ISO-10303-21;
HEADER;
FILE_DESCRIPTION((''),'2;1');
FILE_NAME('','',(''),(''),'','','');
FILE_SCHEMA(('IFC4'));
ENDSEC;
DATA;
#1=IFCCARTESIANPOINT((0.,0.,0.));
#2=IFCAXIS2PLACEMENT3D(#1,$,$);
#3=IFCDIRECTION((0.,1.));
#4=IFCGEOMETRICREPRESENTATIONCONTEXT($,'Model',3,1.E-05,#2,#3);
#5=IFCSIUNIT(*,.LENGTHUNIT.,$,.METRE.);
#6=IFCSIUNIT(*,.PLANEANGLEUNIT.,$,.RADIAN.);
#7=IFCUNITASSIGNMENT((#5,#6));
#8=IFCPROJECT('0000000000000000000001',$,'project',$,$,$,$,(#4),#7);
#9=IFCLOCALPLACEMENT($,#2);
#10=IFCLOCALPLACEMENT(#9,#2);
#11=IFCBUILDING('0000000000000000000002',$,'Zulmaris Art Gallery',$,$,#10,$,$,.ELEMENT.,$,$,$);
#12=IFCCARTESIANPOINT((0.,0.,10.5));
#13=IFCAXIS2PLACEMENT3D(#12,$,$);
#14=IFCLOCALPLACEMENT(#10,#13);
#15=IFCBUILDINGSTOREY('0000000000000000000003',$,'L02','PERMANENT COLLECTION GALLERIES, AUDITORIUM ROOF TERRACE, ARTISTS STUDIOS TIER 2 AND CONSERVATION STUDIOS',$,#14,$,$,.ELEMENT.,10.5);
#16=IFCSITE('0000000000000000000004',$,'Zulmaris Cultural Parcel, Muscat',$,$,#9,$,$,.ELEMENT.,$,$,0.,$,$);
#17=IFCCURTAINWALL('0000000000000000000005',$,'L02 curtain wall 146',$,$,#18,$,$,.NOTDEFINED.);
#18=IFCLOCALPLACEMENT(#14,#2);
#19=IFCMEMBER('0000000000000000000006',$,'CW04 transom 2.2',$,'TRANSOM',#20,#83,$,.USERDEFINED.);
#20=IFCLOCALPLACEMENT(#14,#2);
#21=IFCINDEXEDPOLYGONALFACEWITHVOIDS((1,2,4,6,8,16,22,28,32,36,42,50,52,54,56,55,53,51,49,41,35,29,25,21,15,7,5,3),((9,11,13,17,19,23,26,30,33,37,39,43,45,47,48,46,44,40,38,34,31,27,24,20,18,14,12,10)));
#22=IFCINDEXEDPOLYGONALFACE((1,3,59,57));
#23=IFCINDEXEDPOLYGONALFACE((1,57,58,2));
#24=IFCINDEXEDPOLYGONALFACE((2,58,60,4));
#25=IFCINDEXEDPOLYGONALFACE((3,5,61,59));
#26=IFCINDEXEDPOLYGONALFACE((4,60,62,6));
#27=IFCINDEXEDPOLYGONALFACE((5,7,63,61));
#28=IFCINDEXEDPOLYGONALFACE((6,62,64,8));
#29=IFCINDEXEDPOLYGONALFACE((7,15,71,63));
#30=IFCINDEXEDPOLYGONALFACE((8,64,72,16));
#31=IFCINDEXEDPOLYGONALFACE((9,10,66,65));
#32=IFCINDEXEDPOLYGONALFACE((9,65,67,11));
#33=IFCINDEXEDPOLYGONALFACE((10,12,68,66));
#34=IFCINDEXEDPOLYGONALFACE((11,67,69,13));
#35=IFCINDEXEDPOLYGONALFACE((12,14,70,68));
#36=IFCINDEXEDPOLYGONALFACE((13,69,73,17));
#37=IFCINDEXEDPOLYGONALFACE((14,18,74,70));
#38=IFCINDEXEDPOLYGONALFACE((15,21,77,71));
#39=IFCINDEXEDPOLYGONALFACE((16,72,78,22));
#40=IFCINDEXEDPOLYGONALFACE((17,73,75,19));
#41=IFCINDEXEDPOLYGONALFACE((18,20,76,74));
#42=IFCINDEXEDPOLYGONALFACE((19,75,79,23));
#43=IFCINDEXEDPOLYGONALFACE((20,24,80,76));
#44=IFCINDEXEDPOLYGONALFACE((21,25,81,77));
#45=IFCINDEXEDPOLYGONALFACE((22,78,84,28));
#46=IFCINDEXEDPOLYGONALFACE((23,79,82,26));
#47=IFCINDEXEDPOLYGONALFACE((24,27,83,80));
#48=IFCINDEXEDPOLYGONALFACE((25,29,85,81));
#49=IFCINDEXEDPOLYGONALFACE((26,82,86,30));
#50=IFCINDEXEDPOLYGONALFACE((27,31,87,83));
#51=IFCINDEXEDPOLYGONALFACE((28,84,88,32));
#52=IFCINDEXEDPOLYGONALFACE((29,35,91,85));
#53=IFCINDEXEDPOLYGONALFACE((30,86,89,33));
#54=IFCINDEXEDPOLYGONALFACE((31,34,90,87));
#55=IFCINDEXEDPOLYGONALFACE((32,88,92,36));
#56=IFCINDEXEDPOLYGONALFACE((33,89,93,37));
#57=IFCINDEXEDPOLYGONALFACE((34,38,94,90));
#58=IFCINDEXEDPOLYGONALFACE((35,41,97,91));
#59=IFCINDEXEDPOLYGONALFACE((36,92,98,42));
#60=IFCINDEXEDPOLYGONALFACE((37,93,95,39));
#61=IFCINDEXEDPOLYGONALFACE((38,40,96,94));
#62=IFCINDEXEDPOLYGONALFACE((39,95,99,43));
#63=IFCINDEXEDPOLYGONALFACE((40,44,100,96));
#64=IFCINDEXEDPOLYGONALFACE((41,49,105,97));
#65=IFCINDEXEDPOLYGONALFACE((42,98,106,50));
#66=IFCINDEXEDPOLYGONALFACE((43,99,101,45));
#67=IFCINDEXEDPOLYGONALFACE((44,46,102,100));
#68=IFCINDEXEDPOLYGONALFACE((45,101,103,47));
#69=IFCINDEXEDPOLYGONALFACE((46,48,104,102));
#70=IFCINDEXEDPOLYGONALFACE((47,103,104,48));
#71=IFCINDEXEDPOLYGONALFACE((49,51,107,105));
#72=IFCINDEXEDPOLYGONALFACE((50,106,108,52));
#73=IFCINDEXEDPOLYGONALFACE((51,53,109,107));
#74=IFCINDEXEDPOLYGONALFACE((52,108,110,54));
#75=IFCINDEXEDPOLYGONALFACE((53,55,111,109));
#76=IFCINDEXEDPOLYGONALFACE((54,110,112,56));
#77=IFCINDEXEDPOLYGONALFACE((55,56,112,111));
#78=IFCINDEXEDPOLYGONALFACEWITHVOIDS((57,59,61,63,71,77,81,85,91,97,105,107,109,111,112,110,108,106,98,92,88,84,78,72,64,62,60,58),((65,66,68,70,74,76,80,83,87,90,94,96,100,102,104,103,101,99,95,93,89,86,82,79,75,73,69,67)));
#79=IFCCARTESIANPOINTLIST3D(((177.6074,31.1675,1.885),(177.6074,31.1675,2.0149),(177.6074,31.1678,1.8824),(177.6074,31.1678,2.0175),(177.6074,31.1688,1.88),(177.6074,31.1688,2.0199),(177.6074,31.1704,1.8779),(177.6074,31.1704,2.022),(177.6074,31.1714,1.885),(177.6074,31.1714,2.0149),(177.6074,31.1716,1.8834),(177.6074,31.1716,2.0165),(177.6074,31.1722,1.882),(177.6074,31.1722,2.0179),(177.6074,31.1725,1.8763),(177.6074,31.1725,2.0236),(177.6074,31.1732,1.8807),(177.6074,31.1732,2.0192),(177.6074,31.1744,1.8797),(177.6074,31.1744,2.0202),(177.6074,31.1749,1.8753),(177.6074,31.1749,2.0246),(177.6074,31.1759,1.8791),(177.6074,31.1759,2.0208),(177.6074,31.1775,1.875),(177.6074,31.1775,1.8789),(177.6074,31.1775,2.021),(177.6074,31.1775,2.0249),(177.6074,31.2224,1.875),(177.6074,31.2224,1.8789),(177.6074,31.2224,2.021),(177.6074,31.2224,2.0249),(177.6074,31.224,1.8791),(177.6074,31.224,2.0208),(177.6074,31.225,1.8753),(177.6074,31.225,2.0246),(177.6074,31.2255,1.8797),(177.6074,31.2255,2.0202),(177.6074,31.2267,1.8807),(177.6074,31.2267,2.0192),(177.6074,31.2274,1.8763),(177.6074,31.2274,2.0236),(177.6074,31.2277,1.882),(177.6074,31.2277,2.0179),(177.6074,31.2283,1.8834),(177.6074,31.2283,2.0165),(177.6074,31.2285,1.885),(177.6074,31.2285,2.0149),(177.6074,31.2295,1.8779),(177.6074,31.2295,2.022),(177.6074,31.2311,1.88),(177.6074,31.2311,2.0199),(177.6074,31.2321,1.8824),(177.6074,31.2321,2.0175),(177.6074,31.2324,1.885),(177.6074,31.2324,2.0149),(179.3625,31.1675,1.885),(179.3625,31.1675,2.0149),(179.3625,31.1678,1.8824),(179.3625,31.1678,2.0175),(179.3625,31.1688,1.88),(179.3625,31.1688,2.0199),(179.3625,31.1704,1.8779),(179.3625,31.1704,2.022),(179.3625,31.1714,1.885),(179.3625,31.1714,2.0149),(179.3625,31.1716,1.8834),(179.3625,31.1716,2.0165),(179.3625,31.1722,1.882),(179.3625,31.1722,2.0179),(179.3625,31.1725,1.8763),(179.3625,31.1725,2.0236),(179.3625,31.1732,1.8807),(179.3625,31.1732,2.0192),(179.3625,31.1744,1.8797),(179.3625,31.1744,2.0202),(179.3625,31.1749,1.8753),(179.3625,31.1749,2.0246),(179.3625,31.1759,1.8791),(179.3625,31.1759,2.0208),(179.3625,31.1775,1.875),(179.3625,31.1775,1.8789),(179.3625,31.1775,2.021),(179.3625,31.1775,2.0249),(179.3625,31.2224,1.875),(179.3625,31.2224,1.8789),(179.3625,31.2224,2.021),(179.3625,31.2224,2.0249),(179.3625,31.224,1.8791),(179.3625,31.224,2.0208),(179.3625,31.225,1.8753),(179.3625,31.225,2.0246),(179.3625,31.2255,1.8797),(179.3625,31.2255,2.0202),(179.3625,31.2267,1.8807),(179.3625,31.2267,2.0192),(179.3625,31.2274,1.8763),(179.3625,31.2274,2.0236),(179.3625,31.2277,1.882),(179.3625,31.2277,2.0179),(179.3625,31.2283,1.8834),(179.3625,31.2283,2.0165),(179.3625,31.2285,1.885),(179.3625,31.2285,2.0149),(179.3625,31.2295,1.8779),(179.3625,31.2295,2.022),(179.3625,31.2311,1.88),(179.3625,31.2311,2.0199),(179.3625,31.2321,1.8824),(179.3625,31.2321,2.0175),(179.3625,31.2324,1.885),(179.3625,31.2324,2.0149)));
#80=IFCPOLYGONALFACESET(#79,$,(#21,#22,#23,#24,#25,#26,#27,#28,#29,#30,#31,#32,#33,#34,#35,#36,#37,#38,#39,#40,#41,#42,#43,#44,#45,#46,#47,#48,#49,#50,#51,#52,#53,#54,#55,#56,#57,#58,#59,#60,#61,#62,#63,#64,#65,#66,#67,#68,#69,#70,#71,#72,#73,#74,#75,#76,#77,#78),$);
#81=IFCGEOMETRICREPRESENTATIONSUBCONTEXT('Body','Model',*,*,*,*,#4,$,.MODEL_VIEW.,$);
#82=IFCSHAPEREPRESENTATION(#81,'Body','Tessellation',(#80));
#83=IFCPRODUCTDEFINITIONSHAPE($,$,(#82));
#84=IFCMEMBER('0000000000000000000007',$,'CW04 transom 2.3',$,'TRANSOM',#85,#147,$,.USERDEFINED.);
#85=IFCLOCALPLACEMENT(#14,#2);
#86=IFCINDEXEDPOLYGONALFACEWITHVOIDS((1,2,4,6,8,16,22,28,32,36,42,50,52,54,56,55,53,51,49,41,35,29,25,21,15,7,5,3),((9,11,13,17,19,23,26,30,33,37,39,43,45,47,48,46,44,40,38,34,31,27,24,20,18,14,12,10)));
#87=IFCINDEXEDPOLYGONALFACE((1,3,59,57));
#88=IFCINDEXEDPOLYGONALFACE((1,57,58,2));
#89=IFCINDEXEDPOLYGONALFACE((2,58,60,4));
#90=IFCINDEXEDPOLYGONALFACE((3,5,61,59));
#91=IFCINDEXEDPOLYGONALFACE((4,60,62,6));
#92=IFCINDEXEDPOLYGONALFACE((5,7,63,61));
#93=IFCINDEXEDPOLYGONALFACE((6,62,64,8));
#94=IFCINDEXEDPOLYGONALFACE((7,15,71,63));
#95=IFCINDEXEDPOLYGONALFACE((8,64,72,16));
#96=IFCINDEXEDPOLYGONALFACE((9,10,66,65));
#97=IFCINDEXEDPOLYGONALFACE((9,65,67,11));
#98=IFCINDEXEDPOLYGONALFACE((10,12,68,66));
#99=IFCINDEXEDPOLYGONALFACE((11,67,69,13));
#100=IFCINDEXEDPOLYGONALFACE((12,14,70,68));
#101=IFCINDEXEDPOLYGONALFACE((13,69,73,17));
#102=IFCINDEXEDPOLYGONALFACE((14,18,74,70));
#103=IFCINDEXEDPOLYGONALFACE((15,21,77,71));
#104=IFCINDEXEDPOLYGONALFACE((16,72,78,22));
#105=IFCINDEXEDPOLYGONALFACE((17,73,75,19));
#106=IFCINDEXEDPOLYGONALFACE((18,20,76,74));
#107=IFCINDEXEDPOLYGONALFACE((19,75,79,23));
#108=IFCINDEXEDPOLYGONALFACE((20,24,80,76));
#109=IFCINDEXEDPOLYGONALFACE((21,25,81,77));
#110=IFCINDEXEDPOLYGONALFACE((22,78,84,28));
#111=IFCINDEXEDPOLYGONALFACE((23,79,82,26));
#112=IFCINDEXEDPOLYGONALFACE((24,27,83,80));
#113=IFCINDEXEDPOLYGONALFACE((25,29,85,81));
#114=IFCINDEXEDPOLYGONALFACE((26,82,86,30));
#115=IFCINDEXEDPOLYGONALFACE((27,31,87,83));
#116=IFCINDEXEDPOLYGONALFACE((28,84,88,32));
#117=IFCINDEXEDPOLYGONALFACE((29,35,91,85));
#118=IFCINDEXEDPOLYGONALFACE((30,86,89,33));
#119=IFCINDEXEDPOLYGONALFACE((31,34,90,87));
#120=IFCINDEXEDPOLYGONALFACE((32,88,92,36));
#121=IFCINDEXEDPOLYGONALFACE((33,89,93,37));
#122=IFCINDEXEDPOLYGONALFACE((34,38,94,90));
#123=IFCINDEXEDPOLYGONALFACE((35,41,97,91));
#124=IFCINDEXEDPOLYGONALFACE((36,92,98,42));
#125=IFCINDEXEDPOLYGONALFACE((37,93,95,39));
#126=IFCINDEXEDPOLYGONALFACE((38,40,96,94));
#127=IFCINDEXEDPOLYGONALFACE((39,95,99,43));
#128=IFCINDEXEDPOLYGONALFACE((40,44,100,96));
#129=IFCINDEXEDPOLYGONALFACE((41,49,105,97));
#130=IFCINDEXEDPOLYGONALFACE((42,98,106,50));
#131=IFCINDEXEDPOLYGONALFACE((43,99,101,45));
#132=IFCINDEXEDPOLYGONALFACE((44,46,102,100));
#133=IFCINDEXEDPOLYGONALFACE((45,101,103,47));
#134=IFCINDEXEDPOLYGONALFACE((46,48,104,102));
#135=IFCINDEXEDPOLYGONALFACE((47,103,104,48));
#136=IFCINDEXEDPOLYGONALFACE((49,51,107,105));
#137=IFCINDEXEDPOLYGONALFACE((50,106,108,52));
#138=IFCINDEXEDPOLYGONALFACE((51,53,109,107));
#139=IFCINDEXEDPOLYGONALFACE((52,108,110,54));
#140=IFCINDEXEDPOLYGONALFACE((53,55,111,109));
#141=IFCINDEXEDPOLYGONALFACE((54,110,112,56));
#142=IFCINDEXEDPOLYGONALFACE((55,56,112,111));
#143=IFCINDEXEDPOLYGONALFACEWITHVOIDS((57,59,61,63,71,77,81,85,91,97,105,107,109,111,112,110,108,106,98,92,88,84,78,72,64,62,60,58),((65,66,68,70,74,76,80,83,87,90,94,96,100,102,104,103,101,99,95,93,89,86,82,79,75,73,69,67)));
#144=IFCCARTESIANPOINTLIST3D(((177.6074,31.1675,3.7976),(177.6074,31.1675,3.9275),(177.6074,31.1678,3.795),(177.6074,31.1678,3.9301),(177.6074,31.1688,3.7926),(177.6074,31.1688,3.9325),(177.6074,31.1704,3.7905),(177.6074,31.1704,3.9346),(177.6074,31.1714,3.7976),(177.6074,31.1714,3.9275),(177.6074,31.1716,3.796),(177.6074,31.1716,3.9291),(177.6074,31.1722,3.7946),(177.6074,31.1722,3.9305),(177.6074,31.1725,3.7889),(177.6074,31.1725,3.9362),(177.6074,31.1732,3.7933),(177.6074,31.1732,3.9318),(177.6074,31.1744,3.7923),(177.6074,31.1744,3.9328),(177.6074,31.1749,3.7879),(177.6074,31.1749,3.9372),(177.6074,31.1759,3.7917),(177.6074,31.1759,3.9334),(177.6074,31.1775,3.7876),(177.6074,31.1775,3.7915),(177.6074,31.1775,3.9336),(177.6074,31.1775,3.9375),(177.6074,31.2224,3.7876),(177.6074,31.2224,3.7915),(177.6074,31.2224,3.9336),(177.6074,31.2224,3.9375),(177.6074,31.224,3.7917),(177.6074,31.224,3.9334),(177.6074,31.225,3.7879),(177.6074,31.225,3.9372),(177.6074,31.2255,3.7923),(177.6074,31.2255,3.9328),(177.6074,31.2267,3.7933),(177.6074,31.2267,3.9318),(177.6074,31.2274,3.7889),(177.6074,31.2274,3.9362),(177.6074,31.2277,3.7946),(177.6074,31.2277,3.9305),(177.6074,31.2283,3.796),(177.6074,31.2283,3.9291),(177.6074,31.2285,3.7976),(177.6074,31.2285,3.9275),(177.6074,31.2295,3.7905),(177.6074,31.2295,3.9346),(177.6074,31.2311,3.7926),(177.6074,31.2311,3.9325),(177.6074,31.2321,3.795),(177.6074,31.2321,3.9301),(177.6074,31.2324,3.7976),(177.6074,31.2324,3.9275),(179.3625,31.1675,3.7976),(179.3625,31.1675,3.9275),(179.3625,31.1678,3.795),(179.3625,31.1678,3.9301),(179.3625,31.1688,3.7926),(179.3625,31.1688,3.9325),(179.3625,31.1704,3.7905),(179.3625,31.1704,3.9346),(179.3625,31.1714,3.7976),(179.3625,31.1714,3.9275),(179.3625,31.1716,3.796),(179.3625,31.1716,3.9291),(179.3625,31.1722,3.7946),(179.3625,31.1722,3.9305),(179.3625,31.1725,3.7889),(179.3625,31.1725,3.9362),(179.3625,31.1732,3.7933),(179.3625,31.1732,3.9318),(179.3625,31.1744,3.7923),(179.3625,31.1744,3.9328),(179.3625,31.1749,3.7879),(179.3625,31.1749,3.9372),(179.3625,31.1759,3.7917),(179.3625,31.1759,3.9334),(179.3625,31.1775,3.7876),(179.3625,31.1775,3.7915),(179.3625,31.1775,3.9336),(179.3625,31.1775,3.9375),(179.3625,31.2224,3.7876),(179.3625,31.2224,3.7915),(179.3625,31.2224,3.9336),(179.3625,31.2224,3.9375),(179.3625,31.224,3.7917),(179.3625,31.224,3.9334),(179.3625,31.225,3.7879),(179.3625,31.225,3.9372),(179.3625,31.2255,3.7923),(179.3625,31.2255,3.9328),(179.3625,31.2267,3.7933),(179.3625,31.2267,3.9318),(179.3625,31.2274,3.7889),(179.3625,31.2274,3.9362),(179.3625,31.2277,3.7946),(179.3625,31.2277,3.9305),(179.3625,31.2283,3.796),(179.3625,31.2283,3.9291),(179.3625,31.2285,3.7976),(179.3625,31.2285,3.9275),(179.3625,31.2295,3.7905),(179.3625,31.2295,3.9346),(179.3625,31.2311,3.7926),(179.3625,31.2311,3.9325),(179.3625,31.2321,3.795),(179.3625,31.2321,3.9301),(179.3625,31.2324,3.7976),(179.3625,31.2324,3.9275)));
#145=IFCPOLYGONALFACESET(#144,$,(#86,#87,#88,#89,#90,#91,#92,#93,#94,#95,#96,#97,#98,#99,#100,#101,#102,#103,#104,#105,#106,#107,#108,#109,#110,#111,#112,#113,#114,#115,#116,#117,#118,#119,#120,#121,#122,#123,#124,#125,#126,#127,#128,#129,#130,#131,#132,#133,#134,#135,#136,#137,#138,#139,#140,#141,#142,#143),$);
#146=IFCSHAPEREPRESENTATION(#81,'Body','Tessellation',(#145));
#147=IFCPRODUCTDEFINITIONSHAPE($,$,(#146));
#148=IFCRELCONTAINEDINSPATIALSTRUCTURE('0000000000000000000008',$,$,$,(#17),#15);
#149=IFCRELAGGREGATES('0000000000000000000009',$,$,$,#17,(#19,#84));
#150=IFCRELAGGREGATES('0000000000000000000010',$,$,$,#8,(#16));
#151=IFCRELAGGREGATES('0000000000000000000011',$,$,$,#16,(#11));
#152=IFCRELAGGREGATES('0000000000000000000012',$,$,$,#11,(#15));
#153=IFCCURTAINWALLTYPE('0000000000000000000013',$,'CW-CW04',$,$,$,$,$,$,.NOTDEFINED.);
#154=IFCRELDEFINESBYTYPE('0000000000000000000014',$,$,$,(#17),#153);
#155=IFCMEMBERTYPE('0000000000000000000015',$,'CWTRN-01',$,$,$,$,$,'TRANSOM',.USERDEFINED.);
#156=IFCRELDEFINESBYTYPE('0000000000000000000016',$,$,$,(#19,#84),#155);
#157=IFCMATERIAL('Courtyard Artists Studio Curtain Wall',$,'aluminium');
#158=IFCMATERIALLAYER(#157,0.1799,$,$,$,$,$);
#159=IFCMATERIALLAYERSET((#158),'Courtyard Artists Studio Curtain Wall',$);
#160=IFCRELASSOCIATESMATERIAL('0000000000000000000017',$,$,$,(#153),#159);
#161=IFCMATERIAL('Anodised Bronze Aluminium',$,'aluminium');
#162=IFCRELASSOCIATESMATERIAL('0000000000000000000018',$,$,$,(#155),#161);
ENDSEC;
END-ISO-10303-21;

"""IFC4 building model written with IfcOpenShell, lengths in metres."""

from ifc_helpers import new_model, si_unit, direction, frame, origin, origin_2d, place, context, subcontext, project, spatial, hollow_rectangle, extrude, material, layer, layer_set, material_profile, profile_set, type_object, element, aggregate, save


model = new_model("IFC4")

# Units and contexts
model_context = context("Model", 3, precision=1e-05, world=origin(), true_north=direction((0.0, 1.0)))
body_context = subcontext(model_context, "Body", "Model", "MODEL_VIEW")
ifc_project = project(units=[si_unit("LENGTHUNIT", "METRE"), si_unit("PLANEANGLEUNIT", "RADIAN")], contexts=[model_context])

# Site, building, storey
site_placement = place(None, origin())
site = spatial("IfcSite", under=ifc_project, at=site_placement, Name="Zulmaris Cultural Parcel, Muscat", CompositionType="ELEMENT", RefElevation=0.0)
building_placement = place(site_placement, origin())
building = spatial("IfcBuilding", under=site, at=building_placement, Name="Zulmaris Art Gallery", CompositionType="ELEMENT")
storey_placement = place(building_placement, frame((0.0, 0.0, 10.5)))
storey = spatial("IfcBuildingStorey", under=building, at=storey_placement, Name="L02", Description="PERMANENT COLLECTION GALLERIES, AUDITORIUM ROOF TERRACE, ARTISTS STUDIOS TIER 2 AND CONSERVATION STUDIOS", CompositionType="ELEMENT", Elevation=10.5)

# Curtain wall
ifc_material_1 = material(Name="Courtyard Artists Studio Curtain Wall", Category="aluminium")
ifc_layer_1 = layer(ifc_material_1, 0.1799)
ifc_layer_set_1 = layer_set([ifc_layer_1], Name="Courtyard Artists Studio Curtain Wall")
curtain_wall_type = type_object("IfcCurtainWallType", Name="CW-CW04", PredefinedType="NOTDEFINED", material=ifc_layer_set_1)
ifc_material_2 = material(Name="Anodised Bronze Aluminium", Category="aluminium")
curtain_wall_1_placement = place(storey_placement, origin())
curtain_wall_1 = element("IfcCurtainWall", 1, at=curtain_wall_1_placement, inside=storey, type_object=curtain_wall_type, Name="L02 curtain wall 146", PredefinedType="NOTDEFINED")

# Members
ifc_material_profile_1 = material_profile(ifc_material_2, hollow_rectangle(XDim=0.0649, YDim=0.1499, WallThickness=0.0039, InnerFilletRadius=0.0061, OuterFilletRadius=0.01, at=origin_2d()), Name="ALU 65x150x4")
ifc_profile_set_1 = profile_set([ifc_material_profile_1], Name="Anodised Bronze Aluminium")
member_type_1 = type_object("IfcMemberType", Name="CWTRN-01", ElementType="TRANSOM", PredefinedType="USERDEFINED", material=ifc_profile_set_1)
member_1_placement = place(storey_placement, frame((177.6074, 31.2, 1.95), z_axis=(1.0, 0.0, 0.0), x_axis=(0.0, 1.0, 0.0)))
member_1 = element("IfcMember", 2, at=member_1_placement, type_object=member_type_1, Name="CW04 transom 2.2", ObjectType="TRANSOM", PredefinedType="USERDEFINED", context=body_context, shape_type="SweptSolid", body=[
    extrude(hollow_rectangle(XDim=0.0649, YDim=0.1499, WallThickness=0.0039, InnerFilletRadius=0.0061, OuterFilletRadius=0.01, at=origin_2d()), origin(), (0.0, 0.0, 1.0), 1.7551),
])
member_2_placement = place(storey_placement, frame((177.6074, 31.2, 3.8625), z_axis=(1.0, 0.0, 0.0), x_axis=(0.0, 1.0, 0.0)))
member_2 = element("IfcMember", 3, at=member_2_placement, type_object=member_type_1, Name="CW04 transom 2.3", ObjectType="TRANSOM", PredefinedType="USERDEFINED", context=body_context, shape_type="SweptSolid", body=[
    extrude(hollow_rectangle(XDim=0.0649, YDim=0.1499, WallThickness=0.0039, InnerFilletRadius=0.0061, OuterFilletRadius=0.01, at=origin_2d()), origin(), (0.0, 0.0, 1.0), 1.7551),
])

aggregate(curtain_wall_1, [member_1, member_2])

save(model, "model.ifc")
